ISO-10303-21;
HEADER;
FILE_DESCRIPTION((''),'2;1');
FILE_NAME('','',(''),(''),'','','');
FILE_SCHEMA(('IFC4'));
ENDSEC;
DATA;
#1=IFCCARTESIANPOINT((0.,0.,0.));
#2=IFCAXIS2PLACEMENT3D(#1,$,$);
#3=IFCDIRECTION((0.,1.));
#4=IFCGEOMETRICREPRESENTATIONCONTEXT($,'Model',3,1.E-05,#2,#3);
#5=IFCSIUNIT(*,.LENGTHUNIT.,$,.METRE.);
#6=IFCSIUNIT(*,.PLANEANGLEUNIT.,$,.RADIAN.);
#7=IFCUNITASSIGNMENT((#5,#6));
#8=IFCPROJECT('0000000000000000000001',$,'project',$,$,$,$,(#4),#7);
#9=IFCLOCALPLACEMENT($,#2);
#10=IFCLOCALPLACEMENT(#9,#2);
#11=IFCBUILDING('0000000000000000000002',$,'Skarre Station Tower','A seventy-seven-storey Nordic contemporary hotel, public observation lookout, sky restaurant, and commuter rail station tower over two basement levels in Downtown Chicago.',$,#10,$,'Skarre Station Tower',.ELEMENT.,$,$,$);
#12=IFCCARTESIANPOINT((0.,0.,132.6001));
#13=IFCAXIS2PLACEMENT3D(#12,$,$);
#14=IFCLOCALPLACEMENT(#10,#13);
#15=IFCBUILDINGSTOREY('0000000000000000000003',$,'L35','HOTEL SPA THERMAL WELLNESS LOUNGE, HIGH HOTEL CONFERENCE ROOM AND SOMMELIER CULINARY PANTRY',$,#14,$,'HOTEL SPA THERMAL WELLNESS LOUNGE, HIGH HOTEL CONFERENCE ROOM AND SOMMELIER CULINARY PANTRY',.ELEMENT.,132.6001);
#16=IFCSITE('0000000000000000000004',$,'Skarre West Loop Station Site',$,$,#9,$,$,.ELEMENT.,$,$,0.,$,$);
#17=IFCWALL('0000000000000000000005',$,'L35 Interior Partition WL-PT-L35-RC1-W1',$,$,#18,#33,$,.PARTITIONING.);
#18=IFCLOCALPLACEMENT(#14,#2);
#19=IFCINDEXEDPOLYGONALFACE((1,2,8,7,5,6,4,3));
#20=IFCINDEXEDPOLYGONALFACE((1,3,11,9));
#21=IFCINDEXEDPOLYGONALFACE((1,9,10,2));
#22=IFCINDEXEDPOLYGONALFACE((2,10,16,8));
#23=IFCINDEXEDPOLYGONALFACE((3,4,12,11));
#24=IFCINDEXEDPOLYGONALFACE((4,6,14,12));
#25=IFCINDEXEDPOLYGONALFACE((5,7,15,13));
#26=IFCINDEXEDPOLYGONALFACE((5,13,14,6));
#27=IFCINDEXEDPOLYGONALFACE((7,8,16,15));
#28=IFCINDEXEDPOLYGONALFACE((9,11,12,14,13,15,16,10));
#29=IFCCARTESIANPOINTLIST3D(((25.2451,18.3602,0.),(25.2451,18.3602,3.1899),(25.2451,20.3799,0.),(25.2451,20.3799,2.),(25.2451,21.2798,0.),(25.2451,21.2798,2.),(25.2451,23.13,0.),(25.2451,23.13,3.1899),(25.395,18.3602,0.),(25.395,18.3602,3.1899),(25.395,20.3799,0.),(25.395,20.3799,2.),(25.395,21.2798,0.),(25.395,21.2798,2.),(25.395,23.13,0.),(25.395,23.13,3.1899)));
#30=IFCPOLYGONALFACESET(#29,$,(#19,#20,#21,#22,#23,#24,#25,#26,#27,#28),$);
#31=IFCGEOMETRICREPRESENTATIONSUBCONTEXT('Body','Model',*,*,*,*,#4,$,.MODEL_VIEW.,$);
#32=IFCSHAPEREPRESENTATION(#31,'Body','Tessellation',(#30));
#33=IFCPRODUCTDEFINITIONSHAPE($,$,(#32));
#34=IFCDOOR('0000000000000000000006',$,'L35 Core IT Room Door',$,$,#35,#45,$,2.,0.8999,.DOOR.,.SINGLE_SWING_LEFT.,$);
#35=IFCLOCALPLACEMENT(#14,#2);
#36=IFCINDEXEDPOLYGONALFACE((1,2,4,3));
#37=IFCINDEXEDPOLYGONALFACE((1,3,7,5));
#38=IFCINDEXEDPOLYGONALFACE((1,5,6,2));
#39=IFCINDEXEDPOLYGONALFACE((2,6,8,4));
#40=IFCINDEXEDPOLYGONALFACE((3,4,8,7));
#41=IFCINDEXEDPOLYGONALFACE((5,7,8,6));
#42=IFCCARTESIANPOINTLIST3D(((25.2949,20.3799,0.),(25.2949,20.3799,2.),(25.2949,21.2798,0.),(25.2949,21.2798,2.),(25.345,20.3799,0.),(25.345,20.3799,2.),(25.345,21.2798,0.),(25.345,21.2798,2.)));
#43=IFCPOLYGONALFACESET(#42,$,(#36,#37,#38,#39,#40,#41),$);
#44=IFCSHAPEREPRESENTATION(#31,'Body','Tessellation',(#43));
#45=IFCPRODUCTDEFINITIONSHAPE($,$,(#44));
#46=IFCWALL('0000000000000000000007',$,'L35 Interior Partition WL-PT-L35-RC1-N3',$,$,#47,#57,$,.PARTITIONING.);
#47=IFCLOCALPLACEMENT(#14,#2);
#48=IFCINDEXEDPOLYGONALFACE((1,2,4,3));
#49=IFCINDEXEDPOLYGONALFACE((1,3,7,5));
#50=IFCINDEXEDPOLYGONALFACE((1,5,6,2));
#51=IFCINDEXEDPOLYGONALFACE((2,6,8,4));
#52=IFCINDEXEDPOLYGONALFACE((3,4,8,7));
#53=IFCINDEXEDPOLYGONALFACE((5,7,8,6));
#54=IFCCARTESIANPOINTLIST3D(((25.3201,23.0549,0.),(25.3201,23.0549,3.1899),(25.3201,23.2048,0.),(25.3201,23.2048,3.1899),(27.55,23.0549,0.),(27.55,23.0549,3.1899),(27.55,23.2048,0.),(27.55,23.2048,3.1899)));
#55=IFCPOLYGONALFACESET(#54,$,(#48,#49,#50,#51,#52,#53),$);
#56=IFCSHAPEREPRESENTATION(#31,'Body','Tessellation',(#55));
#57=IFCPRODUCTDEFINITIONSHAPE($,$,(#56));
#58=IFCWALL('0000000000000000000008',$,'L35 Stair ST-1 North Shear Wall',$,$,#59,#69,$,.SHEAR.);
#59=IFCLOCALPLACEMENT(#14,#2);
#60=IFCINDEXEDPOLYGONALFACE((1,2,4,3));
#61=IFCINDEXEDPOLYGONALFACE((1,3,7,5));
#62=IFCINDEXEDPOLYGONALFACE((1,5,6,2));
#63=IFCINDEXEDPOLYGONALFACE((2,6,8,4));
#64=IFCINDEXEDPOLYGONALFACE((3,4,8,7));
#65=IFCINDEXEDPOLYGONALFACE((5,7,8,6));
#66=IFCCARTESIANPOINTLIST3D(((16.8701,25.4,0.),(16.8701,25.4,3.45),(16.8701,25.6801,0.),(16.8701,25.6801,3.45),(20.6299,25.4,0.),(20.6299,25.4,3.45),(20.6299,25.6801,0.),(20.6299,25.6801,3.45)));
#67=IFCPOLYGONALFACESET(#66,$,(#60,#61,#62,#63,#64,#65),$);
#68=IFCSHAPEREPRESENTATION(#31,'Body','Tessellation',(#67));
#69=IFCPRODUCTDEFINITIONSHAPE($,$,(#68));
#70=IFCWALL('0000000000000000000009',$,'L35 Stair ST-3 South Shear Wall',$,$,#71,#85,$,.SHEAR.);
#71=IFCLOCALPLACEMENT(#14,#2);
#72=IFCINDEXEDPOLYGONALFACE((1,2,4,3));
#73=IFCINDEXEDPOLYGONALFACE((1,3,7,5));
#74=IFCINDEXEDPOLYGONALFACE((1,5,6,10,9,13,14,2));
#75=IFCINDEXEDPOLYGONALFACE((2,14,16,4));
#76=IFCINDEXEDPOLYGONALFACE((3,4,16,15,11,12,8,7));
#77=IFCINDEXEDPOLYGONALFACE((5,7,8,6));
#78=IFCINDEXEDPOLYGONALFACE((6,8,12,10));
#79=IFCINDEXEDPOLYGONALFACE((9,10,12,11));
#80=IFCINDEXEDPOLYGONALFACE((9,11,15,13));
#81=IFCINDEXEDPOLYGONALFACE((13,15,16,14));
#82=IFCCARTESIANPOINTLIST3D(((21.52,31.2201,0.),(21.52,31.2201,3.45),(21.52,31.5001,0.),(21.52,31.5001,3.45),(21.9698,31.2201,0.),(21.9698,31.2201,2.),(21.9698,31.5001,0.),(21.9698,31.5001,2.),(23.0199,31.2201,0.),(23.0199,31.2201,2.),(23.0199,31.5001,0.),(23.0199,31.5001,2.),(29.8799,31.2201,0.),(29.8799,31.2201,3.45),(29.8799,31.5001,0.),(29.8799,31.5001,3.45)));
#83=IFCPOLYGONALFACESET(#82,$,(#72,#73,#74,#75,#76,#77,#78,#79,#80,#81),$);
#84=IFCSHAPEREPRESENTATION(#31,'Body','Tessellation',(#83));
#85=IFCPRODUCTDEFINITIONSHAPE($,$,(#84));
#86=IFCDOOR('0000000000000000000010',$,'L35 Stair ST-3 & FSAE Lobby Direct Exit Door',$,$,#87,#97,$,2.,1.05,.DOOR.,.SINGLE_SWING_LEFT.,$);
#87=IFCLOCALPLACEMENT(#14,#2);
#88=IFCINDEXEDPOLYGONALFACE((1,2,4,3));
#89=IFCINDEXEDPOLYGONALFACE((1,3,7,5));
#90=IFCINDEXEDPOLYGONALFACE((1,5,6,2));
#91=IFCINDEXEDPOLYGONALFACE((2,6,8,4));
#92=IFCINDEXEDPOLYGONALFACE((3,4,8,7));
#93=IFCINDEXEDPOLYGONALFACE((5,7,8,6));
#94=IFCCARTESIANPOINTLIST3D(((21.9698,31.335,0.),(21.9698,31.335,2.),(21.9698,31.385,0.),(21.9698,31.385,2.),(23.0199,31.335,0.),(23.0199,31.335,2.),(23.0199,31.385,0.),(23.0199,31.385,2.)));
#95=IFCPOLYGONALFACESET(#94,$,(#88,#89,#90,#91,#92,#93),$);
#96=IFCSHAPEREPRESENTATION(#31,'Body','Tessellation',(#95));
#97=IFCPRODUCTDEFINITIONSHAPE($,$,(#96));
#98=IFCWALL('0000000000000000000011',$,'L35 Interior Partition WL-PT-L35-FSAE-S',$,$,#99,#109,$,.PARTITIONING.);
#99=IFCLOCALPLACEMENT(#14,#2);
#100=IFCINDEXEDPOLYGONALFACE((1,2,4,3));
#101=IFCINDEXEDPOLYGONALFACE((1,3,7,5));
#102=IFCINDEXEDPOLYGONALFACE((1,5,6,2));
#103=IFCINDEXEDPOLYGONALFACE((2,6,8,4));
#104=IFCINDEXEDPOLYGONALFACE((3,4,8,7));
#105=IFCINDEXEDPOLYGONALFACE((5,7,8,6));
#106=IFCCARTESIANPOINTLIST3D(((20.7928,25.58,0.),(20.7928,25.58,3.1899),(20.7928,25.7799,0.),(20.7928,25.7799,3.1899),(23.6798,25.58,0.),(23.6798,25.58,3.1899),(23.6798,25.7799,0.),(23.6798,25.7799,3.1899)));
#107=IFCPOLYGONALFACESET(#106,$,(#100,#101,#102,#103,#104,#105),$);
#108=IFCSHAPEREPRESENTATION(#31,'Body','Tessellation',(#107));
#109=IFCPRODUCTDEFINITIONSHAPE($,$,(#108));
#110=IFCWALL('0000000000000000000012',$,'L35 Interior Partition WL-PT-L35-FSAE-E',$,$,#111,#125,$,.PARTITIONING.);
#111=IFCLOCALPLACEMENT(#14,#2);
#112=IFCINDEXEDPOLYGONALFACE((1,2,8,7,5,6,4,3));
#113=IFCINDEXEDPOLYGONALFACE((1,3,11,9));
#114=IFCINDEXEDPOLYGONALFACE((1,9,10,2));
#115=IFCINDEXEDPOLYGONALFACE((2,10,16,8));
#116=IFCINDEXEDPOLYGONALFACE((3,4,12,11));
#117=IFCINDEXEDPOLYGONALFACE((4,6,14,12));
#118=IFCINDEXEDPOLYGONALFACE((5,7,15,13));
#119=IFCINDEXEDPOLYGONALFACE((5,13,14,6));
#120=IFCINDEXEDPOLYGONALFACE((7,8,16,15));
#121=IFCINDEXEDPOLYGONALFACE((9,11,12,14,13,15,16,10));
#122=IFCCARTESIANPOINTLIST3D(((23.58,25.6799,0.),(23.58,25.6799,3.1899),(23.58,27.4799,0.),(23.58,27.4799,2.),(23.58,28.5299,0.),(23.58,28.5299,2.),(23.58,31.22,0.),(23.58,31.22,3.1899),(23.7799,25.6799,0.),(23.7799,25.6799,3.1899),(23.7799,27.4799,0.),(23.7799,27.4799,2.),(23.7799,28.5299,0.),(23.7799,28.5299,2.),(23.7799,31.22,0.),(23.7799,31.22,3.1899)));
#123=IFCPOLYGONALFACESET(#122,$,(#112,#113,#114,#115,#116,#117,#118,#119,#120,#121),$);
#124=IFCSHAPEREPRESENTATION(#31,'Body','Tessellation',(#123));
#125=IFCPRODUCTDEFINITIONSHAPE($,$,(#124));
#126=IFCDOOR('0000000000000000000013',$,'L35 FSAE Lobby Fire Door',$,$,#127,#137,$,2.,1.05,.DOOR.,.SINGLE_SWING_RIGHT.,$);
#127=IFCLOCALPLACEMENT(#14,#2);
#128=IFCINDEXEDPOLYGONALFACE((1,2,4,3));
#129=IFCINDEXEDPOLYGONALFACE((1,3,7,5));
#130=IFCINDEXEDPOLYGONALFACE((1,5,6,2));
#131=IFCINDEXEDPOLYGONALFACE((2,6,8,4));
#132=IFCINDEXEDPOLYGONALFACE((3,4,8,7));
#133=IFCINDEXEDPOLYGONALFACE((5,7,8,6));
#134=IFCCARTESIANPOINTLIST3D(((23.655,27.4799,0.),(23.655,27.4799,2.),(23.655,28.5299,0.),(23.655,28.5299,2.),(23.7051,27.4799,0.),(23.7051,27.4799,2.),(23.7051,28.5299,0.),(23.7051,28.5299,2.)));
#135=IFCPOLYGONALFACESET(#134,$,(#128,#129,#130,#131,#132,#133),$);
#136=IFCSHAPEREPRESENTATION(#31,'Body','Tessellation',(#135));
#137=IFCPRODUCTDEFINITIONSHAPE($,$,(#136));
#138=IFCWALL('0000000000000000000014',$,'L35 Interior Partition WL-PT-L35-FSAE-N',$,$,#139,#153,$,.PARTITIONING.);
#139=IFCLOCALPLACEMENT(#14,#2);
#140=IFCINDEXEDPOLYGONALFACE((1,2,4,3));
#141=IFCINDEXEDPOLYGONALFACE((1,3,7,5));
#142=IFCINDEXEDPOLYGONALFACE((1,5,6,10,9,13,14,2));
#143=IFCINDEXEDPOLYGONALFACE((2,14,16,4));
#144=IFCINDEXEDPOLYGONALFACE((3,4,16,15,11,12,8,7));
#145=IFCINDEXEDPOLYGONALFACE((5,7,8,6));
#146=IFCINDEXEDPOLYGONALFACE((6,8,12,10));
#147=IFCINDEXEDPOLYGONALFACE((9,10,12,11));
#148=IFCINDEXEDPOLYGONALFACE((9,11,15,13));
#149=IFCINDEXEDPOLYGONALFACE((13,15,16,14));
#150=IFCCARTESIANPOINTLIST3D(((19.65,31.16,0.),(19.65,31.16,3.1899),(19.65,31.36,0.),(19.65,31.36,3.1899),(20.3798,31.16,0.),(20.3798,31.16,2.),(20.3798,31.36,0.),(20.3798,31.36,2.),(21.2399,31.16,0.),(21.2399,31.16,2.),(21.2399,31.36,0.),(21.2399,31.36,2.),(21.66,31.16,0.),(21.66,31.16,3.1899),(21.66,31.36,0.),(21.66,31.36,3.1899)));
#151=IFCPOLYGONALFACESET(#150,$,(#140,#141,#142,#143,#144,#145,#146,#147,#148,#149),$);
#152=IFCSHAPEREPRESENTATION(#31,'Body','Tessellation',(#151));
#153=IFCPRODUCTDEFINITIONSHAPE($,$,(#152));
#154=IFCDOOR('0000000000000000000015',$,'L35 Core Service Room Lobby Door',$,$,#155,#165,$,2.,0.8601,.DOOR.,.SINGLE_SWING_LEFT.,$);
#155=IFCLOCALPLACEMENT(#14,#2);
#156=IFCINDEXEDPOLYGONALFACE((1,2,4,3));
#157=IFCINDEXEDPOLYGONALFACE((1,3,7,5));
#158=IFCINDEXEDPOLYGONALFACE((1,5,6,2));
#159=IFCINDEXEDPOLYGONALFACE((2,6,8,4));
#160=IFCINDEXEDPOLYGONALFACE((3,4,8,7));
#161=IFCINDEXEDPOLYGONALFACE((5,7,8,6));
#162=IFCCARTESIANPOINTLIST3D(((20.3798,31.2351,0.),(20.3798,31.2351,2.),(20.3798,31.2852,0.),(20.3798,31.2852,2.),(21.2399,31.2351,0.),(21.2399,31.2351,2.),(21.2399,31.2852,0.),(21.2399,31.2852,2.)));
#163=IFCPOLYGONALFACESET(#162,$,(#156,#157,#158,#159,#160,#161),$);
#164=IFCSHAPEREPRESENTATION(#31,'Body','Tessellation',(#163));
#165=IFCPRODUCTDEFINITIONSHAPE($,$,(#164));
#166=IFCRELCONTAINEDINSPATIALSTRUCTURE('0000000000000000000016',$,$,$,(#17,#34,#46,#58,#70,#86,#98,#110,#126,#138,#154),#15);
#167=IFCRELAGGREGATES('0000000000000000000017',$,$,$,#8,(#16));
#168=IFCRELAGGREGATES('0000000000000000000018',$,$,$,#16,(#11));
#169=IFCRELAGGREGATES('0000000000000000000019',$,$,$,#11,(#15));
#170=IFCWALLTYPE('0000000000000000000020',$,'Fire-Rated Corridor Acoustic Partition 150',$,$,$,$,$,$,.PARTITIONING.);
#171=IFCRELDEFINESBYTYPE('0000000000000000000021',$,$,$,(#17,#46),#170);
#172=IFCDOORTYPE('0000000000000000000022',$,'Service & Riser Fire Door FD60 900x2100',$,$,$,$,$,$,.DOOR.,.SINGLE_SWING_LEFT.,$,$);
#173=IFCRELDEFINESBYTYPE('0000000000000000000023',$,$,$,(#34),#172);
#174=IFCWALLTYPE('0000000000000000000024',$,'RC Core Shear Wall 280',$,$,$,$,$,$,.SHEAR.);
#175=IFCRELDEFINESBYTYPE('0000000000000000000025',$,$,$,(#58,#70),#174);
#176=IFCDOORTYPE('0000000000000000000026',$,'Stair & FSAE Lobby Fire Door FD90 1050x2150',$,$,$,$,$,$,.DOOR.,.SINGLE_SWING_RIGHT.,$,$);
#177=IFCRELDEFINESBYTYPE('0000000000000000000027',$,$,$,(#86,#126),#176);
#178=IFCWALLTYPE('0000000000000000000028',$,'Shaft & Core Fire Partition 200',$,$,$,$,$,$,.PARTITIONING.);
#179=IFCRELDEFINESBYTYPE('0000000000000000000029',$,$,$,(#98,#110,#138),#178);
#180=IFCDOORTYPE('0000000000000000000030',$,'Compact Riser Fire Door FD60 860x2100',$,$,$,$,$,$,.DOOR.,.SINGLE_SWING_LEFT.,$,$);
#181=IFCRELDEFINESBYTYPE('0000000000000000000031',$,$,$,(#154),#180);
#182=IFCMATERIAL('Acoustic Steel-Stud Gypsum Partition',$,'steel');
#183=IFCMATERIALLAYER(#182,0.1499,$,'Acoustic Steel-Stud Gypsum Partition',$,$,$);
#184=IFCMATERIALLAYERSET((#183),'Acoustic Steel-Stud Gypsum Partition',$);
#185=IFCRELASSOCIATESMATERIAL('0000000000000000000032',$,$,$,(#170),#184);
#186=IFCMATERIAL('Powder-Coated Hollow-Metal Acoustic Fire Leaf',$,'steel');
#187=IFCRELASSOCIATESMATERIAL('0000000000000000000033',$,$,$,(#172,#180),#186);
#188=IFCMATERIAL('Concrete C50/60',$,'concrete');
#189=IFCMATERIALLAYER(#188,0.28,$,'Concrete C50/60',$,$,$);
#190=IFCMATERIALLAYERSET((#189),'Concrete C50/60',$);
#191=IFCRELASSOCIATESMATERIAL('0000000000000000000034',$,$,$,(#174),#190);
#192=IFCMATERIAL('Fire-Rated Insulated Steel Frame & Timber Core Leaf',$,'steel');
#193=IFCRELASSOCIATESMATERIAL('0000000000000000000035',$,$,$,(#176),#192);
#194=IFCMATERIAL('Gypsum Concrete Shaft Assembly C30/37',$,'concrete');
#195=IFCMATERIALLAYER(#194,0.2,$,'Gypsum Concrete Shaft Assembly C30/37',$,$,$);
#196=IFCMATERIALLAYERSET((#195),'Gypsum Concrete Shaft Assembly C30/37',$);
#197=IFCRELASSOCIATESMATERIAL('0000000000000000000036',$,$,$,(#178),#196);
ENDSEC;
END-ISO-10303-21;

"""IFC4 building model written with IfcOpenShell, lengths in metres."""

from ifc_helpers import new_model, si_unit, direction, frame, frame_2d, origin, place, context, subcontext, project, spatial, rectangle, extrude, material, layer, layer_set, type_object, element, fill, save


model = new_model("IFC4")

# Units and contexts
model_context = context("Model", 3, precision=1e-05, world=origin(), true_north=direction((0.0, 1.0)))
body_context = subcontext(model_context, "Body", "Model", "MODEL_VIEW")
ifc_project = project(units=[si_unit("LENGTHUNIT", "METRE"), si_unit("PLANEANGLEUNIT", "RADIAN")], contexts=[model_context])

# Site, building, storey
site_placement = place(None, origin())
site = spatial("IfcSite", under=ifc_project, at=site_placement, Name="Skarre West Loop Station Site", CompositionType="ELEMENT", RefElevation=0.0)
building_placement = place(site_placement, origin())
building = spatial("IfcBuilding", under=site, at=building_placement, Name="Skarre Station Tower", Description="A seventy-seven-storey Nordic contemporary hotel, public observation lookout, sky restaurant, and commuter rail station tower over two basement levels in Downtown Chicago.", LongName="Skarre Station Tower", CompositionType="ELEMENT")
storey_placement = place(building_placement, frame((0.0, 0.0, 132.6001)))
storey = spatial("IfcBuildingStorey", under=building, at=storey_placement, Name="L35", Description="HOTEL SPA THERMAL WELLNESS LOUNGE, HIGH HOTEL CONFERENCE ROOM AND SOMMELIER CULINARY PANTRY", LongName="HOTEL SPA THERMAL WELLNESS LOUNGE, HIGH HOTEL CONFERENCE ROOM AND SOMMELIER CULINARY PANTRY", CompositionType="ELEMENT", Elevation=132.6001)

# Wall, opening, door
ifc_material_1 = material(Name="Acoustic Steel-Stud Gypsum Partition", Category="steel")
ifc_layer_1 = layer(ifc_material_1, 0.1499, Name="Acoustic Steel-Stud Gypsum Partition")
ifc_layer_set_1 = layer_set([ifc_layer_1], Name="Acoustic Steel-Stud Gypsum Partition")
wall_type_1 = type_object("IfcWallType", Name="Fire-Rated Corridor Acoustic Partition 150", PredefinedType="PARTITIONING", material=ifc_layer_set_1)
wall_1_placement = place(storey_placement, frame((25.3201, 23.1299, 0.0), z_axis=(0.0, 0.0, 1.0), x_axis=(0.0, -1.0, 0.0)))
wall_1 = element("IfcWall", 1, at=wall_1_placement, inside=storey, type_object=wall_type_1, Name="L35 Interior Partition WL-PT-L35-RC1-W1", PredefinedType="PARTITIONING", context=body_context, shape_type="SweptSolid", body=[
    extrude(rectangle(XDim=4.7698, YDim=0.1499, at=frame_2d((2.3848, 0.0))), origin(), (0.0, 0.0, 1.0), 3.1899),
])
opening_1_placement = place(wall_1_placement, frame((1.8501, 0.0, 0.0)))
opening_1 = element("IfcOpeningElement", 2, at=opening_1_placement, cuts=wall_1, PredefinedType="OPENING", context=body_context, shape_type="SweptSolid", body=[
    extrude(rectangle(XDim=0.8999, YDim=2.0, at=frame_2d((0.45, 1.0))), frame((0.0, 0.085, 0.0), z_axis=(0.0, -1.0, 0.0), x_axis=(1.0, 0.0, 0.0)), (0.0, 0.0, 1.0), 0.1699),
])
ifc_material_2 = material(Name="Powder-Coated Hollow-Metal Acoustic Fire Leaf", Category="steel")
door_type_1 = type_object("IfcDoorType", Name="Service & Riser Fire Door FD60 900x2100", OperationType="SINGLE_SWING_LEFT", PredefinedType="DOOR", material=ifc_material_2)
door_1_placement = place(opening_1_placement, origin())
door_1 = element("IfcDoor", 3, at=door_1_placement, inside=storey, type_object=door_type_1, Name="L35 Core IT Room Door", OperationType="SINGLE_SWING_LEFT", OverallHeight=2.0, OverallWidth=0.8999, PredefinedType="DOOR", context=body_context, shape_type="SweptSolid", body=[
    extrude(rectangle(XDim=0.8999, YDim=2.0, at=frame_2d((0.45, 1.0))), frame((0.0, 0.0249, 0.0), z_axis=(0.0, -1.0, 0.0), x_axis=(1.0, 0.0, 0.0)), (0.0, 0.0, 1.0), 0.05),
])
fill(opening_1, door_1)

# Walls
wall_2_placement = place(storey_placement, frame((25.3201, 23.1299, 0.0), z_axis=(0.0, 0.0, 1.0), x_axis=(1.0, 0.0, 0.0)))
element("IfcWall", 4, at=wall_2_placement, inside=storey, type_object=wall_type_1, Name="L35 Interior Partition WL-PT-L35-RC1-N3", PredefinedType="PARTITIONING", context=body_context, shape_type="SweptSolid", body=[
    extrude(rectangle(XDim=2.23, YDim=0.1499, at=frame_2d((1.115, 0.0))), origin(), (0.0, 0.0, 1.0), 3.1899),
])
ifc_material_3 = material(Name="Concrete C50/60", Category="concrete")
ifc_layer_2 = layer(ifc_material_3, 0.28, Name="Concrete C50/60")
ifc_layer_set_2 = layer_set([ifc_layer_2], Name="Concrete C50/60")
wall_type_2 = type_object("IfcWallType", Name="RC Core Shear Wall 280", PredefinedType="SHEAR", material=ifc_layer_set_2)
wall_3_placement = place(storey_placement, frame((20.6299, 25.54, 0.0), z_axis=(0.0, 0.0, 1.0), x_axis=(-1.0, 0.0, 0.0)))
element("IfcWall", 5, at=wall_3_placement, inside=storey, type_object=wall_type_2, Name="L35 Stair ST-1 North Shear Wall", PredefinedType="SHEAR", context=body_context, shape_type="SweptSolid", body=[
    extrude(rectangle(XDim=3.7598, YDim=0.28, at=frame_2d((1.8799, 0.0))), origin(), (0.0, 0.0, 1.0), 3.45),
])

# Wall, opening, door
wall_4_placement = place(storey_placement, frame((21.52, 31.3601, 0.0), z_axis=(0.0, 0.0, 1.0), x_axis=(1.0, 0.0, 0.0)))
wall_4 = element("IfcWall", 6, at=wall_4_placement, inside=storey, type_object=wall_type_2, Name="L35 Stair ST-3 South Shear Wall", PredefinedType="SHEAR", context=body_context, shape_type="SweptSolid", body=[
    extrude(rectangle(XDim=8.3599, YDim=0.28, at=frame_2d((4.1799, 0.0))), origin(), (0.0, 0.0, 1.0), 3.45),
])
opening_2_placement = place(wall_4_placement, frame((0.45, 0.0, 0.0)))
opening_2 = element("IfcOpeningElement", 7, at=opening_2_placement, cuts=wall_4, PredefinedType="OPENING", context=body_context, shape_type="SweptSolid", body=[
    extrude(rectangle(XDim=1.05, YDim=2.0, at=frame_2d((0.5249, 1.0))), frame((0.0, 0.1499, 0.0), z_axis=(0.0, -1.0, 0.0), x_axis=(1.0, 0.0, 0.0)), (0.0, 0.0, 1.0), 0.3),
])
ifc_material_4 = material(Name="Fire-Rated Insulated Steel Frame & Timber Core Leaf", Category="steel")
door_type_2 = type_object("IfcDoorType", Name="Stair & FSAE Lobby Fire Door FD90 1050x2150", OperationType="SINGLE_SWING_RIGHT", PredefinedType="DOOR", material=ifc_material_4)
door_2_placement = place(opening_2_placement, origin())
door_2 = element("IfcDoor", 8, at=door_2_placement, inside=storey, type_object=door_type_2, Name="L35 Stair ST-3 & FSAE Lobby Direct Exit Door", OperationType="SINGLE_SWING_LEFT", OverallHeight=2.0, OverallWidth=1.05, PredefinedType="DOOR", context=body_context, shape_type="SweptSolid", body=[
    extrude(rectangle(XDim=1.05, YDim=2.0, at=frame_2d((0.5249, 1.0))), frame((0.0, 0.0249, 0.0), z_axis=(0.0, -1.0, 0.0), x_axis=(1.0, 0.0, 0.0)), (0.0, 0.0, 1.0), 0.05),
])
fill(opening_2, door_2)

# Wall
ifc_material_5 = material(Name="Gypsum Concrete Shaft Assembly C30/37", Category="concrete")
ifc_layer_3 = layer(ifc_material_5, 0.2, Name="Gypsum Concrete Shaft Assembly C30/37")
ifc_layer_set_3 = layer_set([ifc_layer_3], Name="Gypsum Concrete Shaft Assembly C30/37")
wall_type_3 = type_object("IfcWallType", Name="Shaft & Core Fire Partition 200", PredefinedType="PARTITIONING", material=ifc_layer_set_3)
wall_5_placement = place(storey_placement, frame((20.793, 25.6799, 0.0), z_axis=(0.0, 0.0, 1.0), x_axis=(1.0, 0.0, 0.0)))
element("IfcWall", 9, at=wall_5_placement, inside=storey, type_object=wall_type_3, Name="L35 Interior Partition WL-PT-L35-FSAE-S", PredefinedType="PARTITIONING", context=body_context, shape_type="SweptSolid", body=[
    extrude(rectangle(XDim=2.887, YDim=0.2, at=frame_2d((1.4434, 0.0))), origin(), (0.0, 0.0, 1.0), 3.1899),
])

# Walls, openings, doors
wall_6_placement = place(storey_placement, frame((23.6799, 25.6799, 0.0), z_axis=(0.0, 0.0, 1.0), x_axis=(0.0, 1.0, 0.0)))
wall_6 = element("IfcWall", 10, at=wall_6_placement, inside=storey, type_object=wall_type_3, Name="L35 Interior Partition WL-PT-L35-FSAE-E", PredefinedType="PARTITIONING", context=body_context, shape_type="SweptSolid", body=[
    extrude(rectangle(XDim=5.54, YDim=0.2, at=frame_2d((2.77, 0.0))), origin(), (0.0, 0.0, 1.0), 3.1899),
])
opening_3_placement = place(wall_6_placement, frame((1.8, 0.0, 0.0)))
opening_3 = element("IfcOpeningElement", 11, at=opening_3_placement, cuts=wall_6, PredefinedType="OPENING", context=body_context, shape_type="SweptSolid", body=[
    extrude(rectangle(XDim=1.05, YDim=2.0, at=frame_2d((0.5249, 1.0))), frame((0.0, 0.1099, 0.0), z_axis=(0.0, -1.0, 0.0), x_axis=(1.0, 0.0, 0.0)), (0.0, 0.0, 1.0), 0.22),
])
door_3_placement = place(opening_3_placement, origin())
door_3 = element("IfcDoor", 12, at=door_3_placement, inside=storey, type_object=door_type_2, Name="L35 FSAE Lobby Fire Door", OperationType="SINGLE_SWING_RIGHT", OverallHeight=2.0, OverallWidth=1.05, PredefinedType="DOOR", context=body_context, shape_type="SweptSolid", body=[
    extrude(rectangle(XDim=1.05, YDim=2.0, at=frame_2d((0.5249, 1.0))), frame((0.0, 0.0249, 0.0), z_axis=(0.0, -1.0, 0.0), x_axis=(1.0, 0.0, 0.0)), (0.0, 0.0, 1.0), 0.05),
])
fill(opening_3, door_3)
wall_7_placement = place(storey_placement, frame((21.6599, 31.26, 0.0), z_axis=(0.0, 0.0, 1.0), x_axis=(-1.0, 0.0, 0.0)))
wall_7 = element("IfcWall", 13, at=wall_7_placement, inside=storey, type_object=wall_type_3, Name="L35 Interior Partition WL-PT-L35-FSAE-N", PredefinedType="PARTITIONING", context=body_context, shape_type="SweptSolid", body=[
    extrude(rectangle(XDim=2.01, YDim=0.2, at=frame_2d((1.0049, 0.0))), origin(), (0.0, 0.0, 1.0), 3.1899),
])
opening_4_placement = place(wall_7_placement, frame((0.4199, 0.0, 0.0)))
opening_4 = element("IfcOpeningElement", 14, at=opening_4_placement, cuts=wall_7, PredefinedType="OPENING", context=body_context, shape_type="SweptSolid", body=[
    extrude(rectangle(XDim=0.8601, YDim=2.0, at=frame_2d((0.4302, 1.0))), frame((0.0, 0.1099, 0.0), z_axis=(0.0, -1.0, 0.0), x_axis=(1.0, 0.0, 0.0)), (0.0, 0.0, 1.0), 0.22),
])
door_type_3 = type_object("IfcDoorType", Name="Compact Riser Fire Door FD60 860x2100", OperationType="SINGLE_SWING_LEFT", PredefinedType="DOOR", material=ifc_material_2)
door_4_placement = place(opening_4_placement, origin())
door_4 = element("IfcDoor", 15, at=door_4_placement, inside=storey, type_object=door_type_3, Name="L35 Core Service Room Lobby Door", OperationType="SINGLE_SWING_LEFT", OverallHeight=2.0, OverallWidth=0.8601, PredefinedType="DOOR", context=body_context, shape_type="SweptSolid", body=[
    extrude(rectangle(XDim=0.8601, YDim=2.0, at=frame_2d((0.4302, 1.0))), frame((0.0, 0.0249, 0.0), z_axis=(0.0, -1.0, 0.0), x_axis=(1.0, 0.0, 0.0)), (0.0, 0.0, 1.0), 0.05),
])
fill(opening_4, door_4)

save(model, "model.ifc")
